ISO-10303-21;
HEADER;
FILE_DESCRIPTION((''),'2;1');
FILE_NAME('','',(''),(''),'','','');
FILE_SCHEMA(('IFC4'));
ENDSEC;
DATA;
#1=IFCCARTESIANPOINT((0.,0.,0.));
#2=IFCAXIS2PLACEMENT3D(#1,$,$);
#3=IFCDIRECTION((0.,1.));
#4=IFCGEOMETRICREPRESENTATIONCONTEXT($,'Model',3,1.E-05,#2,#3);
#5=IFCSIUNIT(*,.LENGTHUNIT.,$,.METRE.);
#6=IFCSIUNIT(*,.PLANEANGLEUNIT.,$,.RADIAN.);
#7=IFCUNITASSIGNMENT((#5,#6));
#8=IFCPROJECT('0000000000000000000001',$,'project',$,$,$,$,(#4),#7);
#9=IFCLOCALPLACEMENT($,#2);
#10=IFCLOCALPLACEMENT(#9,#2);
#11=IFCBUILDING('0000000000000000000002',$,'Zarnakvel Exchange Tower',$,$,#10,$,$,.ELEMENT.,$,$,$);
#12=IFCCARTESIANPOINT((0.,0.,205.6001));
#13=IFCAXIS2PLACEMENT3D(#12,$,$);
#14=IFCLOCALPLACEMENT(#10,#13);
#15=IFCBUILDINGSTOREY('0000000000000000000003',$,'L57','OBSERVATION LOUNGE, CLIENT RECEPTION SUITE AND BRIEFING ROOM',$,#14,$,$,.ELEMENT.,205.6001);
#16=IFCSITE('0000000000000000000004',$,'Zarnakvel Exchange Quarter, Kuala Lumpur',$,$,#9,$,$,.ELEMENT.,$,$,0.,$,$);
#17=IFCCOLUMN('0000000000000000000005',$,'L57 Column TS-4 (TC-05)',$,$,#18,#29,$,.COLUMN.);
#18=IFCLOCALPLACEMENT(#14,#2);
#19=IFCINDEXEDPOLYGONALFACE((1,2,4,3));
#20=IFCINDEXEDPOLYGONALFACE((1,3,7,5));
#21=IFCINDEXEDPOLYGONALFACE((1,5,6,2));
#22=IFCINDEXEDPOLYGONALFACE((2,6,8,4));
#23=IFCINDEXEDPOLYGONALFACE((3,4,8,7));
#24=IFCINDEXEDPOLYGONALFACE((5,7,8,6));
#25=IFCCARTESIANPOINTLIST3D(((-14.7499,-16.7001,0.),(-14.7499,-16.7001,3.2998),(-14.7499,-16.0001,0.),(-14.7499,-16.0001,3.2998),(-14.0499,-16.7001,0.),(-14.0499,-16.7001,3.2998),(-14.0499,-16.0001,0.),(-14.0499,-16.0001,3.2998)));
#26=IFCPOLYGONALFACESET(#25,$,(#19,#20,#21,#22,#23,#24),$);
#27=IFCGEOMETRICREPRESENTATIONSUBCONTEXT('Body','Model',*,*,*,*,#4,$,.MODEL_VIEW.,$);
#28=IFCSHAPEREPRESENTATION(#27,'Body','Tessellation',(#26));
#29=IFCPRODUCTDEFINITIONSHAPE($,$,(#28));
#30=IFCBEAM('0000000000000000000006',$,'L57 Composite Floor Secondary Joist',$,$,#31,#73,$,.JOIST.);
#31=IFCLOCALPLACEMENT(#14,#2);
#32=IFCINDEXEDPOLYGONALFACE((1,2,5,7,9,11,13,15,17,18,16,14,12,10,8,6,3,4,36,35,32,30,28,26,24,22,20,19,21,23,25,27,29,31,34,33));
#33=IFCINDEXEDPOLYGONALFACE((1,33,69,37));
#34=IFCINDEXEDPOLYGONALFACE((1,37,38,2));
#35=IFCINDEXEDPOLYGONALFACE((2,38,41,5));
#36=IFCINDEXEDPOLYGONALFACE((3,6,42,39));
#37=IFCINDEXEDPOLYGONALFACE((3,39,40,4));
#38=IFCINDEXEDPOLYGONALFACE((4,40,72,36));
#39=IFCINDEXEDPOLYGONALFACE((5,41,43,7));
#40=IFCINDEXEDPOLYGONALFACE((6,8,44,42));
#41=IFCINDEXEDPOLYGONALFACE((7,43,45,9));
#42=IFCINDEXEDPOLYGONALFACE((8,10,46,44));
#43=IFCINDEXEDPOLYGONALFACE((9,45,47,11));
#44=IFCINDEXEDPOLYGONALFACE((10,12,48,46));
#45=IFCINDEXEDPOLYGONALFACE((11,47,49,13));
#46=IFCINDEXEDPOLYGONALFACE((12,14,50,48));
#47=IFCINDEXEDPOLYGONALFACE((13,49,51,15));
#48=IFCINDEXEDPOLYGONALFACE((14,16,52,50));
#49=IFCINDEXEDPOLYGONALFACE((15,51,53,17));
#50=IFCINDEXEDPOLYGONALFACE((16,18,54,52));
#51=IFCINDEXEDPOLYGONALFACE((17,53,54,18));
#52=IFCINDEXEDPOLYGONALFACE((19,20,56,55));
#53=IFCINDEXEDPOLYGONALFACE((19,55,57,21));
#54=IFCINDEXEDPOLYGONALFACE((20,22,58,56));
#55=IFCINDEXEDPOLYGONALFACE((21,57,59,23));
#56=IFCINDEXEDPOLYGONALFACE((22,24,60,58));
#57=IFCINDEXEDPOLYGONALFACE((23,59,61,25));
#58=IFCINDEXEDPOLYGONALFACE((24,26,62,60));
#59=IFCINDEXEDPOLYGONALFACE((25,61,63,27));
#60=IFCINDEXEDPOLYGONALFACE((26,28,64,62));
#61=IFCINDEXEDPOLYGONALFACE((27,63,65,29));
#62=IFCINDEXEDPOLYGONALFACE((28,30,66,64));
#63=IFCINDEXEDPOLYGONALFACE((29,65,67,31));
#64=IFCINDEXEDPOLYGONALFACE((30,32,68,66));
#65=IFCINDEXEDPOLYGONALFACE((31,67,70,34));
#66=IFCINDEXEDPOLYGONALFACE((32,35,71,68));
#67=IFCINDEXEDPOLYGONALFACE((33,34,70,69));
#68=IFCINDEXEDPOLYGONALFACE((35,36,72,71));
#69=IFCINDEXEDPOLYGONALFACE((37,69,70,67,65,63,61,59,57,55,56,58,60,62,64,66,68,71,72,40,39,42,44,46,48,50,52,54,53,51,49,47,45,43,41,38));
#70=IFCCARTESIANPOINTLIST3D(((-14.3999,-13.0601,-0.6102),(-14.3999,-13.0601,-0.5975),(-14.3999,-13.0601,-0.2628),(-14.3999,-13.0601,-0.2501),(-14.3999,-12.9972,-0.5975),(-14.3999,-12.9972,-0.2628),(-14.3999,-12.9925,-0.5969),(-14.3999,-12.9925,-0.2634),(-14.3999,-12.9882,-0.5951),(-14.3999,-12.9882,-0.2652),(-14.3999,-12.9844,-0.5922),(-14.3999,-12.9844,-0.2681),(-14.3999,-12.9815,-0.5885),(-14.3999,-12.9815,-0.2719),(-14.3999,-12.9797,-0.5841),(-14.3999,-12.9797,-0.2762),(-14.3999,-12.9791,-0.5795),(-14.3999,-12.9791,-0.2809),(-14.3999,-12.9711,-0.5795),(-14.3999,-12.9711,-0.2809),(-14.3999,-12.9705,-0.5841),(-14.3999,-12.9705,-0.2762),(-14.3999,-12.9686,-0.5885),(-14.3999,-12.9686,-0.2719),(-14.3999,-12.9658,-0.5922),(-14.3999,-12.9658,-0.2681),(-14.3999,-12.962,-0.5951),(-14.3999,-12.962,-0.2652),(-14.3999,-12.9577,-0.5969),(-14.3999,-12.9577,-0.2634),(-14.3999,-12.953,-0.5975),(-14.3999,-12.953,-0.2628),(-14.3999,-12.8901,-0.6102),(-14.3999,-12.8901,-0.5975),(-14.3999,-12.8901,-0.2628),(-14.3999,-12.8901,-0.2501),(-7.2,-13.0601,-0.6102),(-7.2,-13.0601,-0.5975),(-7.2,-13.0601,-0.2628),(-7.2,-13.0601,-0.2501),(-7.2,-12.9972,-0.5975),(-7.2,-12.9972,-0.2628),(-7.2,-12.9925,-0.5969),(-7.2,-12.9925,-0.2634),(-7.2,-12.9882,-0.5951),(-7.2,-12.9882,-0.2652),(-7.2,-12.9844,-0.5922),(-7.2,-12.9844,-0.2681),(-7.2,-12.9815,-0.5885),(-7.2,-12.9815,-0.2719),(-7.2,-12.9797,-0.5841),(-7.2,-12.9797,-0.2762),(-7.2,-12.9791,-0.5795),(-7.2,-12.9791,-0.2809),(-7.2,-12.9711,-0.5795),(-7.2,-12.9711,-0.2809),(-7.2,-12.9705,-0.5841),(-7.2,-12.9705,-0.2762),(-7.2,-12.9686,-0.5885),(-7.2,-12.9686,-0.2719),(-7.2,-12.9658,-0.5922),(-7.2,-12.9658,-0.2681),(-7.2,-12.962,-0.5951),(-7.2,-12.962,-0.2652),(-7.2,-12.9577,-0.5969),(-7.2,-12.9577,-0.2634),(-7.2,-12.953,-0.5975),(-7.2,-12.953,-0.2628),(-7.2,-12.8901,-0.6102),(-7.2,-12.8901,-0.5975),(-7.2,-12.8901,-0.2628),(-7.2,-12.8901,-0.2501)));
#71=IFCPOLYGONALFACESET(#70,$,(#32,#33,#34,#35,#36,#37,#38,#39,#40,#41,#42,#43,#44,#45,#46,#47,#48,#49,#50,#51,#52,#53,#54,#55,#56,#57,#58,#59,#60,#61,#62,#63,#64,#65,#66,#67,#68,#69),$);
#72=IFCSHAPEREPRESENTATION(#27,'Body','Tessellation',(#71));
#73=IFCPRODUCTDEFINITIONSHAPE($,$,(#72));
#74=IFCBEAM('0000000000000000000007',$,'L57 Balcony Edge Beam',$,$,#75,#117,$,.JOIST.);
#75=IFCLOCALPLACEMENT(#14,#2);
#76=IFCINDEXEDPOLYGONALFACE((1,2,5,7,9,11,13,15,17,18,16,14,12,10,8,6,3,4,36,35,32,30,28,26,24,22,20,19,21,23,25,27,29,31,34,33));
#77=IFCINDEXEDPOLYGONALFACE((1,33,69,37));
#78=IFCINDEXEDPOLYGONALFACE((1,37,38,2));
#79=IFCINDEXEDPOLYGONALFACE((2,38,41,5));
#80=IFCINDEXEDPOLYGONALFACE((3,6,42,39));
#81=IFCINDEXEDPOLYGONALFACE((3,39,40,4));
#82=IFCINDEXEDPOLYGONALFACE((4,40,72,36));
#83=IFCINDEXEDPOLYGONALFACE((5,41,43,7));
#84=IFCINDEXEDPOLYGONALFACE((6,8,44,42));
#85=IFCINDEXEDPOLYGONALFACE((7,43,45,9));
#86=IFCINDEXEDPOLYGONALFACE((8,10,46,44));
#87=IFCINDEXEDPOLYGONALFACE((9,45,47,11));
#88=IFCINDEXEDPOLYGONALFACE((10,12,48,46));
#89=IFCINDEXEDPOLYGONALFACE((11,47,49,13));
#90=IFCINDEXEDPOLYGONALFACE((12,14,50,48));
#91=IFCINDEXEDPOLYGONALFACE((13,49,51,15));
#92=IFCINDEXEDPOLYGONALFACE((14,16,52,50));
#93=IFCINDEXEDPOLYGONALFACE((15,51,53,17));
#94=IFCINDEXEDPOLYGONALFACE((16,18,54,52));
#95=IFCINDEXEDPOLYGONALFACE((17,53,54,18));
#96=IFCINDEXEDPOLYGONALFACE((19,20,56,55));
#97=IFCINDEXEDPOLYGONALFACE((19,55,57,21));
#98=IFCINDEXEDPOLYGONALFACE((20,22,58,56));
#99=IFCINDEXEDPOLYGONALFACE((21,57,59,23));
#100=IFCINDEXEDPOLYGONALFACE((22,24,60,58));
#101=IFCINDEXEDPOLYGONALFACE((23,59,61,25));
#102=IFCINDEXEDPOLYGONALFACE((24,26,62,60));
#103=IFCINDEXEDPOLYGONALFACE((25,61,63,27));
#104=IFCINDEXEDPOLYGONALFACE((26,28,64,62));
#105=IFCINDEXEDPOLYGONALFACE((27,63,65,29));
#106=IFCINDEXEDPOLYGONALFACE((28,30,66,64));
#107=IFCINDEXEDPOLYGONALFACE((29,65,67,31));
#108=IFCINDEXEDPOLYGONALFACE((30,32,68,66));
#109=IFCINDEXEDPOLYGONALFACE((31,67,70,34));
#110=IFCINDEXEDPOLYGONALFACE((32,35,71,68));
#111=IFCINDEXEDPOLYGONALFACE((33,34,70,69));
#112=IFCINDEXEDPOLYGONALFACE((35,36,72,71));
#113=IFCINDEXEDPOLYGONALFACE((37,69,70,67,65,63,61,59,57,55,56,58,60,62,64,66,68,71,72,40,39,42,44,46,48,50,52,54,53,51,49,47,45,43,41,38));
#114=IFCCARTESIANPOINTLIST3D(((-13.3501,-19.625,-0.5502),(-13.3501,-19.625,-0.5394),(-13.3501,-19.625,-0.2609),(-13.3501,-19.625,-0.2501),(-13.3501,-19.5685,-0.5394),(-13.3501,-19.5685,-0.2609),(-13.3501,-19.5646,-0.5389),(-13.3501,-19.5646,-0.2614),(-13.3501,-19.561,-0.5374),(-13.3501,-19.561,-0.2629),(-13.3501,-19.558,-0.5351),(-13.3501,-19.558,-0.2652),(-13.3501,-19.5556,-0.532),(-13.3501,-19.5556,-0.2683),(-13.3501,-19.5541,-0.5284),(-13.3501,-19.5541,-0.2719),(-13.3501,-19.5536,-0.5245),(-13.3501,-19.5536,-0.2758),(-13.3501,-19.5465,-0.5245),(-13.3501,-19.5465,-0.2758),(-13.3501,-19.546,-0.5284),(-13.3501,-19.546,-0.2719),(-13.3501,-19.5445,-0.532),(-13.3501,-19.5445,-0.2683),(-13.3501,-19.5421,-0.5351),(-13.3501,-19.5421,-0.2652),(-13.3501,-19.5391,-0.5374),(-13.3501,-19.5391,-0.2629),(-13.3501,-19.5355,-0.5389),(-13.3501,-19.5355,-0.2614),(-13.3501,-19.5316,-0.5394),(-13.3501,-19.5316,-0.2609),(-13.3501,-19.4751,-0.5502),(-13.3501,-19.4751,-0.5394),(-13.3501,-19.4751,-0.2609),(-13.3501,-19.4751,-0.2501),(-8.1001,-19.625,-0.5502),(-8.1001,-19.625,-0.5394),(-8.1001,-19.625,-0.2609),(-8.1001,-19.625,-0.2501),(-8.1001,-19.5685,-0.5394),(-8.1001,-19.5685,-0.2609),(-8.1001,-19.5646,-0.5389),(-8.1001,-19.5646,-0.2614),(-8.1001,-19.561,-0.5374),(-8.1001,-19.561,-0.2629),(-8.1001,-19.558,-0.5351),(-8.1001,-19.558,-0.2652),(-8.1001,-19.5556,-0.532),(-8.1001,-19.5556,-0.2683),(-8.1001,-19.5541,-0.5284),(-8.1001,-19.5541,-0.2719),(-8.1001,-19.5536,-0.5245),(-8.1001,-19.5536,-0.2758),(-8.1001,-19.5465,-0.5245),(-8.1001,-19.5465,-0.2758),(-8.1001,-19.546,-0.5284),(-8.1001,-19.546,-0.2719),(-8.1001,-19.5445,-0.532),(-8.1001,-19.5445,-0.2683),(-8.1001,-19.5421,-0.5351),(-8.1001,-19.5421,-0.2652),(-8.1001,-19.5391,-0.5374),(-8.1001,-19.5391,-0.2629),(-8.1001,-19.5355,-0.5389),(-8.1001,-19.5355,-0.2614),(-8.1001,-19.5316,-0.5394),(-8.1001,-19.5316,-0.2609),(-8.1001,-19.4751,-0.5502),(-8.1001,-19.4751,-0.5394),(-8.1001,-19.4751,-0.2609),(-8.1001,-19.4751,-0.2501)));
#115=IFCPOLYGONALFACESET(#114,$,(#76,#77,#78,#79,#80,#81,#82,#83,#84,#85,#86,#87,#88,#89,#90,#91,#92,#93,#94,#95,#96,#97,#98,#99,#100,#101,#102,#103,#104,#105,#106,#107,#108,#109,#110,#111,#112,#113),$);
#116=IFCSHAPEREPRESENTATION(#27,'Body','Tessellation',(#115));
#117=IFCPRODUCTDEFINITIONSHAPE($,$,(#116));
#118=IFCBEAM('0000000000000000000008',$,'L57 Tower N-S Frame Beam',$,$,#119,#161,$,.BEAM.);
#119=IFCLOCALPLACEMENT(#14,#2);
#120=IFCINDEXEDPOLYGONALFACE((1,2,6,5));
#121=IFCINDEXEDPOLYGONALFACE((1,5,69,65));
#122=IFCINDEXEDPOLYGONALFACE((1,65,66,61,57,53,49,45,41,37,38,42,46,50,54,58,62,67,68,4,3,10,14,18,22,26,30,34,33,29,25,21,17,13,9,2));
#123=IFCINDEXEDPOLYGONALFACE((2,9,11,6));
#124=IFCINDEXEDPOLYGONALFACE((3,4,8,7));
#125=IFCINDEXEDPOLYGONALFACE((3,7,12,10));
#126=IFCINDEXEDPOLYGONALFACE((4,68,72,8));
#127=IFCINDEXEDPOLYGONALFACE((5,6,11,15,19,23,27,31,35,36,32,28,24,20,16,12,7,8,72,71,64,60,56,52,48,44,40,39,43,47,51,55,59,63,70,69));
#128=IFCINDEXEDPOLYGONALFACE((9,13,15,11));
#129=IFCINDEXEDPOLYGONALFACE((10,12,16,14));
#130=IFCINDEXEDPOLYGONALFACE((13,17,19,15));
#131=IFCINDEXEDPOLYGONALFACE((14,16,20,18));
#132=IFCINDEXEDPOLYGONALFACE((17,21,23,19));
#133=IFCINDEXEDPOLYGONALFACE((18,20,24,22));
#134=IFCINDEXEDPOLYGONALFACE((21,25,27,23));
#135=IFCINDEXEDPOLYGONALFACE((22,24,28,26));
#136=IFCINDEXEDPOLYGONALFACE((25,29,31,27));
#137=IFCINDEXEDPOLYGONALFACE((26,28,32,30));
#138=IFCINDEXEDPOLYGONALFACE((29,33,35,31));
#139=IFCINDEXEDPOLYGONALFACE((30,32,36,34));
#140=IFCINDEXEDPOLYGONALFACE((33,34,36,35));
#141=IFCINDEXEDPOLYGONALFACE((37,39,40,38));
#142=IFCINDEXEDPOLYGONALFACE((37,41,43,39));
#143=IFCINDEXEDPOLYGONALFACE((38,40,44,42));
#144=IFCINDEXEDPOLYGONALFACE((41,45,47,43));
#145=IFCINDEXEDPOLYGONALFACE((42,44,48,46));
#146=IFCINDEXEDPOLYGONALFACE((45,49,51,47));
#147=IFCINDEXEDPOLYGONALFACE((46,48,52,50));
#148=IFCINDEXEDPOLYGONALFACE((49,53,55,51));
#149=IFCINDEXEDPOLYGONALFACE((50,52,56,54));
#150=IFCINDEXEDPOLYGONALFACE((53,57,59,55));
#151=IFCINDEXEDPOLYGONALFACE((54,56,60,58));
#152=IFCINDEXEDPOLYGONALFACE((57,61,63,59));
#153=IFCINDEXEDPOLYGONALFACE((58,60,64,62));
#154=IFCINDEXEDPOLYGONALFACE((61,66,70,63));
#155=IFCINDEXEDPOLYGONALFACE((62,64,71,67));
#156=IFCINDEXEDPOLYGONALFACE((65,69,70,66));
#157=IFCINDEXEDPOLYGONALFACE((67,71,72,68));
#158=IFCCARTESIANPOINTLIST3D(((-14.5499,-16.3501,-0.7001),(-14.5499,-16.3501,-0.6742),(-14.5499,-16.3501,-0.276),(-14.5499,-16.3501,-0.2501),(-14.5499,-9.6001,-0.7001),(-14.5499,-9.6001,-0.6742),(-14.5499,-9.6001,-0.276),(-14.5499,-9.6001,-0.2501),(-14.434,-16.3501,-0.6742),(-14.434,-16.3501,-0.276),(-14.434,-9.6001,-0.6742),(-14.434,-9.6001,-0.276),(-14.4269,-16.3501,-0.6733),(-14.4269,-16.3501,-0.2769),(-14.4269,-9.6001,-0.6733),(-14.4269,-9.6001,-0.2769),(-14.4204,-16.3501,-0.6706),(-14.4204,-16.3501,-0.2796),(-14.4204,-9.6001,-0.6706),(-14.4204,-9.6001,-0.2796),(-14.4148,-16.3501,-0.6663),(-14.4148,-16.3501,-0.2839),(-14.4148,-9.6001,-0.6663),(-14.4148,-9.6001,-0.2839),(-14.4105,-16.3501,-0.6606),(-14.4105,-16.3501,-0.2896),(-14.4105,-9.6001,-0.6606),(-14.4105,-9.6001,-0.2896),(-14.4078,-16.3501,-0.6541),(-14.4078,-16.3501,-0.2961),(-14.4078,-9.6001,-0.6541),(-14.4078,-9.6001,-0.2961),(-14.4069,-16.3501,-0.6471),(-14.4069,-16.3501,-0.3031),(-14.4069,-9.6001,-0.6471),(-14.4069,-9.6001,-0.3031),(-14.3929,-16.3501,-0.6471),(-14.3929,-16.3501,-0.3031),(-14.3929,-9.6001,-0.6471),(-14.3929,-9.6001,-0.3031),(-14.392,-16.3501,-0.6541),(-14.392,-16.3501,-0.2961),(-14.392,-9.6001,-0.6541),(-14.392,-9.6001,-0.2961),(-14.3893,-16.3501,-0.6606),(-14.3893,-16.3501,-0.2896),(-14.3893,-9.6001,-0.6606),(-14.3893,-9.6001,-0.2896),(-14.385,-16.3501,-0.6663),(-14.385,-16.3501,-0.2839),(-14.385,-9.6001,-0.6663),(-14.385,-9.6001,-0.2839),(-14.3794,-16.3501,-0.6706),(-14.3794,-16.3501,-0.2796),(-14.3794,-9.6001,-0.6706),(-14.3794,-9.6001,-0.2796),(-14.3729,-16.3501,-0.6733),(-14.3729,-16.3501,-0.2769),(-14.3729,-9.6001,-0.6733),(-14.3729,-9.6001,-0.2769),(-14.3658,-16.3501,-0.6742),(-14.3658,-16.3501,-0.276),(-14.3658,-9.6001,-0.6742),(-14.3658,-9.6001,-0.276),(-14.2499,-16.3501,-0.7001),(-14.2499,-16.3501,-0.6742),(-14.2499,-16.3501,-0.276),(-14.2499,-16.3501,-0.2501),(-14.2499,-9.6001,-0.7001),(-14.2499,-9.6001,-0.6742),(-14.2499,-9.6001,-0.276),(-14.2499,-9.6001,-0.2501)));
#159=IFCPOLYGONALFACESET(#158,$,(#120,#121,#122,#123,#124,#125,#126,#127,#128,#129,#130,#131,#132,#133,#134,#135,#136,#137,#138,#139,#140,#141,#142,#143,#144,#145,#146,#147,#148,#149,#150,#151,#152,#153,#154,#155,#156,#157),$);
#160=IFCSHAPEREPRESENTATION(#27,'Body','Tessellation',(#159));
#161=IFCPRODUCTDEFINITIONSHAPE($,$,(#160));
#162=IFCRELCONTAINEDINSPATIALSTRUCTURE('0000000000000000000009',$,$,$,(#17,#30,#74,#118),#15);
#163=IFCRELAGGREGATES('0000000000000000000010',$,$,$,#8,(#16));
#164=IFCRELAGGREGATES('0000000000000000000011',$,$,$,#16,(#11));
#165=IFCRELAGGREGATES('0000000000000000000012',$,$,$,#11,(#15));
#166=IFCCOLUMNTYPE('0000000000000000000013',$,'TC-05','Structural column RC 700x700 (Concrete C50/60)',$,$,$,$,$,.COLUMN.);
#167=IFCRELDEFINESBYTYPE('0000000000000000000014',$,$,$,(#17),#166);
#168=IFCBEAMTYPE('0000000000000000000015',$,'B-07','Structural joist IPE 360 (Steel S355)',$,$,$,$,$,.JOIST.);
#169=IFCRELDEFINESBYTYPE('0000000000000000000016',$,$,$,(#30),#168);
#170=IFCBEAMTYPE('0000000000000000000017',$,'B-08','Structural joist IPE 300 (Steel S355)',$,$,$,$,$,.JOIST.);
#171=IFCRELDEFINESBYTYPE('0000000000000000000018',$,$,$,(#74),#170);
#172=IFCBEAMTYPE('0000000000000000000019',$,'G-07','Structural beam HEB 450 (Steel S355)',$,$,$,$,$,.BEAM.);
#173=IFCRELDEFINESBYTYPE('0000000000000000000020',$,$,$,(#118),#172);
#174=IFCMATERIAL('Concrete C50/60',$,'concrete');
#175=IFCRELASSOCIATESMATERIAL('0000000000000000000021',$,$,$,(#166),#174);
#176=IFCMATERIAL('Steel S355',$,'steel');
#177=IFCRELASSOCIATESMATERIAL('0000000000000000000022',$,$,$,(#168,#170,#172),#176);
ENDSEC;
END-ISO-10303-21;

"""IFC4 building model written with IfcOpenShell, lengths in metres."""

from ifc_helpers import new_model, si_unit, direction, frame, origin, origin_2d, place, context, subcontext, project, spatial, rectangle, i_section, extrude, material, material_profile, profile_set, type_object, element, save


model = new_model("IFC4")

# Units and contexts
model_context = context("Model", 3, precision=1e-05, world=origin(), true_north=direction((0.0, 1.0)))
body_context = subcontext(model_context, "Body", "Model", "MODEL_VIEW")
ifc_project = project(units=[si_unit("LENGTHUNIT", "METRE"), si_unit("PLANEANGLEUNIT", "RADIAN")], contexts=[model_context])

# Site, building, storey
site_placement = place(None, origin())
site = spatial("IfcSite", under=ifc_project, at=site_placement, Name="Zarnakvel Exchange Quarter, Kuala Lumpur", CompositionType="ELEMENT", RefElevation=0.0)
building_placement = place(site_placement, origin())
building = spatial("IfcBuilding", under=site, at=building_placement, Name="Zarnakvel Exchange Tower", CompositionType="ELEMENT")
storey_placement = place(building_placement, frame((0.0, 0.0, 205.6001)))
storey = spatial("IfcBuildingStorey", under=building, at=storey_placement, Name="L57", Description="OBSERVATION LOUNGE, CLIENT RECEPTION SUITE AND BRIEFING ROOM", CompositionType="ELEMENT", Elevation=205.6001)

# Column
ifc_material_1 = material(Name="Concrete C50/60", Category="concrete")
ifc_material_profile_1 = material_profile(ifc_material_1, rectangle(XDim=0.7, YDim=0.7, at=origin_2d()))
ifc_profile_set_1 = profile_set([ifc_material_profile_1], Name="Concrete C50/60")
column_type = type_object("IfcColumnType", Name="TC-05", Description="Structural column RC 700x700 (Concrete C50/60)", PredefinedType="COLUMN", material=ifc_profile_set_1)
column_placement = place(storey_placement, frame((-14.3999, -16.3501, 0.0), z_axis=(0.0, 0.0, 1.0), x_axis=(1.0, 0.0, 0.0)))
element("IfcColumn", 1, at=column_placement, inside=storey, type_object=column_type, Name="L57 Column TS-4 (TC-05)", PredefinedType="COLUMN", context=body_context, shape_type="SweptSolid", body=[
    extrude(rectangle(XDim=0.7, YDim=0.7, at=origin_2d()), origin(), (0.0, 0.0, 1.0), 3.2998),
])

# Beams
ifc_material_2 = material(Name="Steel S355", Category="steel")
ifc_material_profile_2 = material_profile(ifc_material_2, i_section(OverallWidth=0.1699, OverallDepth=0.3601, WebThickness=0.0081, FlangeThickness=0.0127, FilletRadius=0.0181, at=origin_2d()))
ifc_profile_set_2 = profile_set([ifc_material_profile_2], Name="Steel S355")
beam_type_1 = type_object("IfcBeamType", Name="B-07", Description="Structural joist IPE 360 (Steel S355)", PredefinedType="JOIST", material=ifc_profile_set_2)
beam_1_placement = place(storey_placement, frame((-14.3999, -12.9751, -0.4302), z_axis=(1.0, 0.0, 0.0), x_axis=(0.0, 1.0, 0.0)))
element("IfcBeam", 2, at=beam_1_placement, inside=storey, type_object=beam_type_1, Name="L57 Composite Floor Secondary Joist", PredefinedType="JOIST", context=body_context, shape_type="SweptSolid", body=[
    extrude(i_section(OverallWidth=0.1699, OverallDepth=0.3601, WebThickness=0.0081, FlangeThickness=0.0127, FilletRadius=0.0181, at=origin_2d()), origin(), (0.0, 0.0, 1.0), 7.2),
])
ifc_material_profile_3 = material_profile(ifc_material_2, i_section(OverallWidth=0.1499, OverallDepth=0.3, WebThickness=0.0071, FlangeThickness=0.0107, FilletRadius=0.0149, at=origin_2d()))
ifc_profile_set_3 = profile_set([ifc_material_profile_3], Name="Steel S355")
beam_type_2 = type_object("IfcBeamType", Name="B-08", Description="Structural joist IPE 300 (Steel S355)", PredefinedType="JOIST", material=ifc_profile_set_3)
beam_2_placement = place(storey_placement, frame((-13.3501, -19.55, -0.4001), z_axis=(1.0, 0.0, 0.0), x_axis=(0.0, 1.0, 0.0)))
element("IfcBeam", 3, at=beam_2_placement, inside=storey, type_object=beam_type_2, Name="L57 Balcony Edge Beam", PredefinedType="JOIST", context=body_context, shape_type="SweptSolid", body=[
    extrude(i_section(OverallWidth=0.1499, OverallDepth=0.3, WebThickness=0.0071, FlangeThickness=0.0107, FilletRadius=0.0149, at=origin_2d()), origin(), (0.0, 0.0, 1.0), 5.25),
])
ifc_material_profile_4 = material_profile(ifc_material_2, i_section(OverallWidth=0.3, OverallDepth=0.45, WebThickness=0.0139, FlangeThickness=0.0259, FilletRadius=0.0271, at=origin_2d()))
ifc_profile_set_4 = profile_set([ifc_material_profile_4], Name="Steel S355")
beam_type_3 = type_object("IfcBeamType", Name="G-07", Description="Structural beam HEB 450 (Steel S355)", PredefinedType="BEAM", material=ifc_profile_set_4)
beam_3_placement = place(storey_placement, frame((-14.3999, -16.3501, -0.4751), z_axis=(0.0, 1.0, 0.0), x_axis=(-1.0, 0.0, 0.0)))
element("IfcBeam", 4, at=beam_3_placement, inside=storey, type_object=beam_type_3, Name="L57 Tower N-S Frame Beam", PredefinedType="BEAM", context=body_context, shape_type="SweptSolid", body=[
    extrude(i_section(OverallWidth=0.3, OverallDepth=0.45, WebThickness=0.0139, FlangeThickness=0.0259, FilletRadius=0.0271, at=origin_2d()), origin(), (0.0, 0.0, 1.0), 6.75),
])

save(model, "model.ifc")
